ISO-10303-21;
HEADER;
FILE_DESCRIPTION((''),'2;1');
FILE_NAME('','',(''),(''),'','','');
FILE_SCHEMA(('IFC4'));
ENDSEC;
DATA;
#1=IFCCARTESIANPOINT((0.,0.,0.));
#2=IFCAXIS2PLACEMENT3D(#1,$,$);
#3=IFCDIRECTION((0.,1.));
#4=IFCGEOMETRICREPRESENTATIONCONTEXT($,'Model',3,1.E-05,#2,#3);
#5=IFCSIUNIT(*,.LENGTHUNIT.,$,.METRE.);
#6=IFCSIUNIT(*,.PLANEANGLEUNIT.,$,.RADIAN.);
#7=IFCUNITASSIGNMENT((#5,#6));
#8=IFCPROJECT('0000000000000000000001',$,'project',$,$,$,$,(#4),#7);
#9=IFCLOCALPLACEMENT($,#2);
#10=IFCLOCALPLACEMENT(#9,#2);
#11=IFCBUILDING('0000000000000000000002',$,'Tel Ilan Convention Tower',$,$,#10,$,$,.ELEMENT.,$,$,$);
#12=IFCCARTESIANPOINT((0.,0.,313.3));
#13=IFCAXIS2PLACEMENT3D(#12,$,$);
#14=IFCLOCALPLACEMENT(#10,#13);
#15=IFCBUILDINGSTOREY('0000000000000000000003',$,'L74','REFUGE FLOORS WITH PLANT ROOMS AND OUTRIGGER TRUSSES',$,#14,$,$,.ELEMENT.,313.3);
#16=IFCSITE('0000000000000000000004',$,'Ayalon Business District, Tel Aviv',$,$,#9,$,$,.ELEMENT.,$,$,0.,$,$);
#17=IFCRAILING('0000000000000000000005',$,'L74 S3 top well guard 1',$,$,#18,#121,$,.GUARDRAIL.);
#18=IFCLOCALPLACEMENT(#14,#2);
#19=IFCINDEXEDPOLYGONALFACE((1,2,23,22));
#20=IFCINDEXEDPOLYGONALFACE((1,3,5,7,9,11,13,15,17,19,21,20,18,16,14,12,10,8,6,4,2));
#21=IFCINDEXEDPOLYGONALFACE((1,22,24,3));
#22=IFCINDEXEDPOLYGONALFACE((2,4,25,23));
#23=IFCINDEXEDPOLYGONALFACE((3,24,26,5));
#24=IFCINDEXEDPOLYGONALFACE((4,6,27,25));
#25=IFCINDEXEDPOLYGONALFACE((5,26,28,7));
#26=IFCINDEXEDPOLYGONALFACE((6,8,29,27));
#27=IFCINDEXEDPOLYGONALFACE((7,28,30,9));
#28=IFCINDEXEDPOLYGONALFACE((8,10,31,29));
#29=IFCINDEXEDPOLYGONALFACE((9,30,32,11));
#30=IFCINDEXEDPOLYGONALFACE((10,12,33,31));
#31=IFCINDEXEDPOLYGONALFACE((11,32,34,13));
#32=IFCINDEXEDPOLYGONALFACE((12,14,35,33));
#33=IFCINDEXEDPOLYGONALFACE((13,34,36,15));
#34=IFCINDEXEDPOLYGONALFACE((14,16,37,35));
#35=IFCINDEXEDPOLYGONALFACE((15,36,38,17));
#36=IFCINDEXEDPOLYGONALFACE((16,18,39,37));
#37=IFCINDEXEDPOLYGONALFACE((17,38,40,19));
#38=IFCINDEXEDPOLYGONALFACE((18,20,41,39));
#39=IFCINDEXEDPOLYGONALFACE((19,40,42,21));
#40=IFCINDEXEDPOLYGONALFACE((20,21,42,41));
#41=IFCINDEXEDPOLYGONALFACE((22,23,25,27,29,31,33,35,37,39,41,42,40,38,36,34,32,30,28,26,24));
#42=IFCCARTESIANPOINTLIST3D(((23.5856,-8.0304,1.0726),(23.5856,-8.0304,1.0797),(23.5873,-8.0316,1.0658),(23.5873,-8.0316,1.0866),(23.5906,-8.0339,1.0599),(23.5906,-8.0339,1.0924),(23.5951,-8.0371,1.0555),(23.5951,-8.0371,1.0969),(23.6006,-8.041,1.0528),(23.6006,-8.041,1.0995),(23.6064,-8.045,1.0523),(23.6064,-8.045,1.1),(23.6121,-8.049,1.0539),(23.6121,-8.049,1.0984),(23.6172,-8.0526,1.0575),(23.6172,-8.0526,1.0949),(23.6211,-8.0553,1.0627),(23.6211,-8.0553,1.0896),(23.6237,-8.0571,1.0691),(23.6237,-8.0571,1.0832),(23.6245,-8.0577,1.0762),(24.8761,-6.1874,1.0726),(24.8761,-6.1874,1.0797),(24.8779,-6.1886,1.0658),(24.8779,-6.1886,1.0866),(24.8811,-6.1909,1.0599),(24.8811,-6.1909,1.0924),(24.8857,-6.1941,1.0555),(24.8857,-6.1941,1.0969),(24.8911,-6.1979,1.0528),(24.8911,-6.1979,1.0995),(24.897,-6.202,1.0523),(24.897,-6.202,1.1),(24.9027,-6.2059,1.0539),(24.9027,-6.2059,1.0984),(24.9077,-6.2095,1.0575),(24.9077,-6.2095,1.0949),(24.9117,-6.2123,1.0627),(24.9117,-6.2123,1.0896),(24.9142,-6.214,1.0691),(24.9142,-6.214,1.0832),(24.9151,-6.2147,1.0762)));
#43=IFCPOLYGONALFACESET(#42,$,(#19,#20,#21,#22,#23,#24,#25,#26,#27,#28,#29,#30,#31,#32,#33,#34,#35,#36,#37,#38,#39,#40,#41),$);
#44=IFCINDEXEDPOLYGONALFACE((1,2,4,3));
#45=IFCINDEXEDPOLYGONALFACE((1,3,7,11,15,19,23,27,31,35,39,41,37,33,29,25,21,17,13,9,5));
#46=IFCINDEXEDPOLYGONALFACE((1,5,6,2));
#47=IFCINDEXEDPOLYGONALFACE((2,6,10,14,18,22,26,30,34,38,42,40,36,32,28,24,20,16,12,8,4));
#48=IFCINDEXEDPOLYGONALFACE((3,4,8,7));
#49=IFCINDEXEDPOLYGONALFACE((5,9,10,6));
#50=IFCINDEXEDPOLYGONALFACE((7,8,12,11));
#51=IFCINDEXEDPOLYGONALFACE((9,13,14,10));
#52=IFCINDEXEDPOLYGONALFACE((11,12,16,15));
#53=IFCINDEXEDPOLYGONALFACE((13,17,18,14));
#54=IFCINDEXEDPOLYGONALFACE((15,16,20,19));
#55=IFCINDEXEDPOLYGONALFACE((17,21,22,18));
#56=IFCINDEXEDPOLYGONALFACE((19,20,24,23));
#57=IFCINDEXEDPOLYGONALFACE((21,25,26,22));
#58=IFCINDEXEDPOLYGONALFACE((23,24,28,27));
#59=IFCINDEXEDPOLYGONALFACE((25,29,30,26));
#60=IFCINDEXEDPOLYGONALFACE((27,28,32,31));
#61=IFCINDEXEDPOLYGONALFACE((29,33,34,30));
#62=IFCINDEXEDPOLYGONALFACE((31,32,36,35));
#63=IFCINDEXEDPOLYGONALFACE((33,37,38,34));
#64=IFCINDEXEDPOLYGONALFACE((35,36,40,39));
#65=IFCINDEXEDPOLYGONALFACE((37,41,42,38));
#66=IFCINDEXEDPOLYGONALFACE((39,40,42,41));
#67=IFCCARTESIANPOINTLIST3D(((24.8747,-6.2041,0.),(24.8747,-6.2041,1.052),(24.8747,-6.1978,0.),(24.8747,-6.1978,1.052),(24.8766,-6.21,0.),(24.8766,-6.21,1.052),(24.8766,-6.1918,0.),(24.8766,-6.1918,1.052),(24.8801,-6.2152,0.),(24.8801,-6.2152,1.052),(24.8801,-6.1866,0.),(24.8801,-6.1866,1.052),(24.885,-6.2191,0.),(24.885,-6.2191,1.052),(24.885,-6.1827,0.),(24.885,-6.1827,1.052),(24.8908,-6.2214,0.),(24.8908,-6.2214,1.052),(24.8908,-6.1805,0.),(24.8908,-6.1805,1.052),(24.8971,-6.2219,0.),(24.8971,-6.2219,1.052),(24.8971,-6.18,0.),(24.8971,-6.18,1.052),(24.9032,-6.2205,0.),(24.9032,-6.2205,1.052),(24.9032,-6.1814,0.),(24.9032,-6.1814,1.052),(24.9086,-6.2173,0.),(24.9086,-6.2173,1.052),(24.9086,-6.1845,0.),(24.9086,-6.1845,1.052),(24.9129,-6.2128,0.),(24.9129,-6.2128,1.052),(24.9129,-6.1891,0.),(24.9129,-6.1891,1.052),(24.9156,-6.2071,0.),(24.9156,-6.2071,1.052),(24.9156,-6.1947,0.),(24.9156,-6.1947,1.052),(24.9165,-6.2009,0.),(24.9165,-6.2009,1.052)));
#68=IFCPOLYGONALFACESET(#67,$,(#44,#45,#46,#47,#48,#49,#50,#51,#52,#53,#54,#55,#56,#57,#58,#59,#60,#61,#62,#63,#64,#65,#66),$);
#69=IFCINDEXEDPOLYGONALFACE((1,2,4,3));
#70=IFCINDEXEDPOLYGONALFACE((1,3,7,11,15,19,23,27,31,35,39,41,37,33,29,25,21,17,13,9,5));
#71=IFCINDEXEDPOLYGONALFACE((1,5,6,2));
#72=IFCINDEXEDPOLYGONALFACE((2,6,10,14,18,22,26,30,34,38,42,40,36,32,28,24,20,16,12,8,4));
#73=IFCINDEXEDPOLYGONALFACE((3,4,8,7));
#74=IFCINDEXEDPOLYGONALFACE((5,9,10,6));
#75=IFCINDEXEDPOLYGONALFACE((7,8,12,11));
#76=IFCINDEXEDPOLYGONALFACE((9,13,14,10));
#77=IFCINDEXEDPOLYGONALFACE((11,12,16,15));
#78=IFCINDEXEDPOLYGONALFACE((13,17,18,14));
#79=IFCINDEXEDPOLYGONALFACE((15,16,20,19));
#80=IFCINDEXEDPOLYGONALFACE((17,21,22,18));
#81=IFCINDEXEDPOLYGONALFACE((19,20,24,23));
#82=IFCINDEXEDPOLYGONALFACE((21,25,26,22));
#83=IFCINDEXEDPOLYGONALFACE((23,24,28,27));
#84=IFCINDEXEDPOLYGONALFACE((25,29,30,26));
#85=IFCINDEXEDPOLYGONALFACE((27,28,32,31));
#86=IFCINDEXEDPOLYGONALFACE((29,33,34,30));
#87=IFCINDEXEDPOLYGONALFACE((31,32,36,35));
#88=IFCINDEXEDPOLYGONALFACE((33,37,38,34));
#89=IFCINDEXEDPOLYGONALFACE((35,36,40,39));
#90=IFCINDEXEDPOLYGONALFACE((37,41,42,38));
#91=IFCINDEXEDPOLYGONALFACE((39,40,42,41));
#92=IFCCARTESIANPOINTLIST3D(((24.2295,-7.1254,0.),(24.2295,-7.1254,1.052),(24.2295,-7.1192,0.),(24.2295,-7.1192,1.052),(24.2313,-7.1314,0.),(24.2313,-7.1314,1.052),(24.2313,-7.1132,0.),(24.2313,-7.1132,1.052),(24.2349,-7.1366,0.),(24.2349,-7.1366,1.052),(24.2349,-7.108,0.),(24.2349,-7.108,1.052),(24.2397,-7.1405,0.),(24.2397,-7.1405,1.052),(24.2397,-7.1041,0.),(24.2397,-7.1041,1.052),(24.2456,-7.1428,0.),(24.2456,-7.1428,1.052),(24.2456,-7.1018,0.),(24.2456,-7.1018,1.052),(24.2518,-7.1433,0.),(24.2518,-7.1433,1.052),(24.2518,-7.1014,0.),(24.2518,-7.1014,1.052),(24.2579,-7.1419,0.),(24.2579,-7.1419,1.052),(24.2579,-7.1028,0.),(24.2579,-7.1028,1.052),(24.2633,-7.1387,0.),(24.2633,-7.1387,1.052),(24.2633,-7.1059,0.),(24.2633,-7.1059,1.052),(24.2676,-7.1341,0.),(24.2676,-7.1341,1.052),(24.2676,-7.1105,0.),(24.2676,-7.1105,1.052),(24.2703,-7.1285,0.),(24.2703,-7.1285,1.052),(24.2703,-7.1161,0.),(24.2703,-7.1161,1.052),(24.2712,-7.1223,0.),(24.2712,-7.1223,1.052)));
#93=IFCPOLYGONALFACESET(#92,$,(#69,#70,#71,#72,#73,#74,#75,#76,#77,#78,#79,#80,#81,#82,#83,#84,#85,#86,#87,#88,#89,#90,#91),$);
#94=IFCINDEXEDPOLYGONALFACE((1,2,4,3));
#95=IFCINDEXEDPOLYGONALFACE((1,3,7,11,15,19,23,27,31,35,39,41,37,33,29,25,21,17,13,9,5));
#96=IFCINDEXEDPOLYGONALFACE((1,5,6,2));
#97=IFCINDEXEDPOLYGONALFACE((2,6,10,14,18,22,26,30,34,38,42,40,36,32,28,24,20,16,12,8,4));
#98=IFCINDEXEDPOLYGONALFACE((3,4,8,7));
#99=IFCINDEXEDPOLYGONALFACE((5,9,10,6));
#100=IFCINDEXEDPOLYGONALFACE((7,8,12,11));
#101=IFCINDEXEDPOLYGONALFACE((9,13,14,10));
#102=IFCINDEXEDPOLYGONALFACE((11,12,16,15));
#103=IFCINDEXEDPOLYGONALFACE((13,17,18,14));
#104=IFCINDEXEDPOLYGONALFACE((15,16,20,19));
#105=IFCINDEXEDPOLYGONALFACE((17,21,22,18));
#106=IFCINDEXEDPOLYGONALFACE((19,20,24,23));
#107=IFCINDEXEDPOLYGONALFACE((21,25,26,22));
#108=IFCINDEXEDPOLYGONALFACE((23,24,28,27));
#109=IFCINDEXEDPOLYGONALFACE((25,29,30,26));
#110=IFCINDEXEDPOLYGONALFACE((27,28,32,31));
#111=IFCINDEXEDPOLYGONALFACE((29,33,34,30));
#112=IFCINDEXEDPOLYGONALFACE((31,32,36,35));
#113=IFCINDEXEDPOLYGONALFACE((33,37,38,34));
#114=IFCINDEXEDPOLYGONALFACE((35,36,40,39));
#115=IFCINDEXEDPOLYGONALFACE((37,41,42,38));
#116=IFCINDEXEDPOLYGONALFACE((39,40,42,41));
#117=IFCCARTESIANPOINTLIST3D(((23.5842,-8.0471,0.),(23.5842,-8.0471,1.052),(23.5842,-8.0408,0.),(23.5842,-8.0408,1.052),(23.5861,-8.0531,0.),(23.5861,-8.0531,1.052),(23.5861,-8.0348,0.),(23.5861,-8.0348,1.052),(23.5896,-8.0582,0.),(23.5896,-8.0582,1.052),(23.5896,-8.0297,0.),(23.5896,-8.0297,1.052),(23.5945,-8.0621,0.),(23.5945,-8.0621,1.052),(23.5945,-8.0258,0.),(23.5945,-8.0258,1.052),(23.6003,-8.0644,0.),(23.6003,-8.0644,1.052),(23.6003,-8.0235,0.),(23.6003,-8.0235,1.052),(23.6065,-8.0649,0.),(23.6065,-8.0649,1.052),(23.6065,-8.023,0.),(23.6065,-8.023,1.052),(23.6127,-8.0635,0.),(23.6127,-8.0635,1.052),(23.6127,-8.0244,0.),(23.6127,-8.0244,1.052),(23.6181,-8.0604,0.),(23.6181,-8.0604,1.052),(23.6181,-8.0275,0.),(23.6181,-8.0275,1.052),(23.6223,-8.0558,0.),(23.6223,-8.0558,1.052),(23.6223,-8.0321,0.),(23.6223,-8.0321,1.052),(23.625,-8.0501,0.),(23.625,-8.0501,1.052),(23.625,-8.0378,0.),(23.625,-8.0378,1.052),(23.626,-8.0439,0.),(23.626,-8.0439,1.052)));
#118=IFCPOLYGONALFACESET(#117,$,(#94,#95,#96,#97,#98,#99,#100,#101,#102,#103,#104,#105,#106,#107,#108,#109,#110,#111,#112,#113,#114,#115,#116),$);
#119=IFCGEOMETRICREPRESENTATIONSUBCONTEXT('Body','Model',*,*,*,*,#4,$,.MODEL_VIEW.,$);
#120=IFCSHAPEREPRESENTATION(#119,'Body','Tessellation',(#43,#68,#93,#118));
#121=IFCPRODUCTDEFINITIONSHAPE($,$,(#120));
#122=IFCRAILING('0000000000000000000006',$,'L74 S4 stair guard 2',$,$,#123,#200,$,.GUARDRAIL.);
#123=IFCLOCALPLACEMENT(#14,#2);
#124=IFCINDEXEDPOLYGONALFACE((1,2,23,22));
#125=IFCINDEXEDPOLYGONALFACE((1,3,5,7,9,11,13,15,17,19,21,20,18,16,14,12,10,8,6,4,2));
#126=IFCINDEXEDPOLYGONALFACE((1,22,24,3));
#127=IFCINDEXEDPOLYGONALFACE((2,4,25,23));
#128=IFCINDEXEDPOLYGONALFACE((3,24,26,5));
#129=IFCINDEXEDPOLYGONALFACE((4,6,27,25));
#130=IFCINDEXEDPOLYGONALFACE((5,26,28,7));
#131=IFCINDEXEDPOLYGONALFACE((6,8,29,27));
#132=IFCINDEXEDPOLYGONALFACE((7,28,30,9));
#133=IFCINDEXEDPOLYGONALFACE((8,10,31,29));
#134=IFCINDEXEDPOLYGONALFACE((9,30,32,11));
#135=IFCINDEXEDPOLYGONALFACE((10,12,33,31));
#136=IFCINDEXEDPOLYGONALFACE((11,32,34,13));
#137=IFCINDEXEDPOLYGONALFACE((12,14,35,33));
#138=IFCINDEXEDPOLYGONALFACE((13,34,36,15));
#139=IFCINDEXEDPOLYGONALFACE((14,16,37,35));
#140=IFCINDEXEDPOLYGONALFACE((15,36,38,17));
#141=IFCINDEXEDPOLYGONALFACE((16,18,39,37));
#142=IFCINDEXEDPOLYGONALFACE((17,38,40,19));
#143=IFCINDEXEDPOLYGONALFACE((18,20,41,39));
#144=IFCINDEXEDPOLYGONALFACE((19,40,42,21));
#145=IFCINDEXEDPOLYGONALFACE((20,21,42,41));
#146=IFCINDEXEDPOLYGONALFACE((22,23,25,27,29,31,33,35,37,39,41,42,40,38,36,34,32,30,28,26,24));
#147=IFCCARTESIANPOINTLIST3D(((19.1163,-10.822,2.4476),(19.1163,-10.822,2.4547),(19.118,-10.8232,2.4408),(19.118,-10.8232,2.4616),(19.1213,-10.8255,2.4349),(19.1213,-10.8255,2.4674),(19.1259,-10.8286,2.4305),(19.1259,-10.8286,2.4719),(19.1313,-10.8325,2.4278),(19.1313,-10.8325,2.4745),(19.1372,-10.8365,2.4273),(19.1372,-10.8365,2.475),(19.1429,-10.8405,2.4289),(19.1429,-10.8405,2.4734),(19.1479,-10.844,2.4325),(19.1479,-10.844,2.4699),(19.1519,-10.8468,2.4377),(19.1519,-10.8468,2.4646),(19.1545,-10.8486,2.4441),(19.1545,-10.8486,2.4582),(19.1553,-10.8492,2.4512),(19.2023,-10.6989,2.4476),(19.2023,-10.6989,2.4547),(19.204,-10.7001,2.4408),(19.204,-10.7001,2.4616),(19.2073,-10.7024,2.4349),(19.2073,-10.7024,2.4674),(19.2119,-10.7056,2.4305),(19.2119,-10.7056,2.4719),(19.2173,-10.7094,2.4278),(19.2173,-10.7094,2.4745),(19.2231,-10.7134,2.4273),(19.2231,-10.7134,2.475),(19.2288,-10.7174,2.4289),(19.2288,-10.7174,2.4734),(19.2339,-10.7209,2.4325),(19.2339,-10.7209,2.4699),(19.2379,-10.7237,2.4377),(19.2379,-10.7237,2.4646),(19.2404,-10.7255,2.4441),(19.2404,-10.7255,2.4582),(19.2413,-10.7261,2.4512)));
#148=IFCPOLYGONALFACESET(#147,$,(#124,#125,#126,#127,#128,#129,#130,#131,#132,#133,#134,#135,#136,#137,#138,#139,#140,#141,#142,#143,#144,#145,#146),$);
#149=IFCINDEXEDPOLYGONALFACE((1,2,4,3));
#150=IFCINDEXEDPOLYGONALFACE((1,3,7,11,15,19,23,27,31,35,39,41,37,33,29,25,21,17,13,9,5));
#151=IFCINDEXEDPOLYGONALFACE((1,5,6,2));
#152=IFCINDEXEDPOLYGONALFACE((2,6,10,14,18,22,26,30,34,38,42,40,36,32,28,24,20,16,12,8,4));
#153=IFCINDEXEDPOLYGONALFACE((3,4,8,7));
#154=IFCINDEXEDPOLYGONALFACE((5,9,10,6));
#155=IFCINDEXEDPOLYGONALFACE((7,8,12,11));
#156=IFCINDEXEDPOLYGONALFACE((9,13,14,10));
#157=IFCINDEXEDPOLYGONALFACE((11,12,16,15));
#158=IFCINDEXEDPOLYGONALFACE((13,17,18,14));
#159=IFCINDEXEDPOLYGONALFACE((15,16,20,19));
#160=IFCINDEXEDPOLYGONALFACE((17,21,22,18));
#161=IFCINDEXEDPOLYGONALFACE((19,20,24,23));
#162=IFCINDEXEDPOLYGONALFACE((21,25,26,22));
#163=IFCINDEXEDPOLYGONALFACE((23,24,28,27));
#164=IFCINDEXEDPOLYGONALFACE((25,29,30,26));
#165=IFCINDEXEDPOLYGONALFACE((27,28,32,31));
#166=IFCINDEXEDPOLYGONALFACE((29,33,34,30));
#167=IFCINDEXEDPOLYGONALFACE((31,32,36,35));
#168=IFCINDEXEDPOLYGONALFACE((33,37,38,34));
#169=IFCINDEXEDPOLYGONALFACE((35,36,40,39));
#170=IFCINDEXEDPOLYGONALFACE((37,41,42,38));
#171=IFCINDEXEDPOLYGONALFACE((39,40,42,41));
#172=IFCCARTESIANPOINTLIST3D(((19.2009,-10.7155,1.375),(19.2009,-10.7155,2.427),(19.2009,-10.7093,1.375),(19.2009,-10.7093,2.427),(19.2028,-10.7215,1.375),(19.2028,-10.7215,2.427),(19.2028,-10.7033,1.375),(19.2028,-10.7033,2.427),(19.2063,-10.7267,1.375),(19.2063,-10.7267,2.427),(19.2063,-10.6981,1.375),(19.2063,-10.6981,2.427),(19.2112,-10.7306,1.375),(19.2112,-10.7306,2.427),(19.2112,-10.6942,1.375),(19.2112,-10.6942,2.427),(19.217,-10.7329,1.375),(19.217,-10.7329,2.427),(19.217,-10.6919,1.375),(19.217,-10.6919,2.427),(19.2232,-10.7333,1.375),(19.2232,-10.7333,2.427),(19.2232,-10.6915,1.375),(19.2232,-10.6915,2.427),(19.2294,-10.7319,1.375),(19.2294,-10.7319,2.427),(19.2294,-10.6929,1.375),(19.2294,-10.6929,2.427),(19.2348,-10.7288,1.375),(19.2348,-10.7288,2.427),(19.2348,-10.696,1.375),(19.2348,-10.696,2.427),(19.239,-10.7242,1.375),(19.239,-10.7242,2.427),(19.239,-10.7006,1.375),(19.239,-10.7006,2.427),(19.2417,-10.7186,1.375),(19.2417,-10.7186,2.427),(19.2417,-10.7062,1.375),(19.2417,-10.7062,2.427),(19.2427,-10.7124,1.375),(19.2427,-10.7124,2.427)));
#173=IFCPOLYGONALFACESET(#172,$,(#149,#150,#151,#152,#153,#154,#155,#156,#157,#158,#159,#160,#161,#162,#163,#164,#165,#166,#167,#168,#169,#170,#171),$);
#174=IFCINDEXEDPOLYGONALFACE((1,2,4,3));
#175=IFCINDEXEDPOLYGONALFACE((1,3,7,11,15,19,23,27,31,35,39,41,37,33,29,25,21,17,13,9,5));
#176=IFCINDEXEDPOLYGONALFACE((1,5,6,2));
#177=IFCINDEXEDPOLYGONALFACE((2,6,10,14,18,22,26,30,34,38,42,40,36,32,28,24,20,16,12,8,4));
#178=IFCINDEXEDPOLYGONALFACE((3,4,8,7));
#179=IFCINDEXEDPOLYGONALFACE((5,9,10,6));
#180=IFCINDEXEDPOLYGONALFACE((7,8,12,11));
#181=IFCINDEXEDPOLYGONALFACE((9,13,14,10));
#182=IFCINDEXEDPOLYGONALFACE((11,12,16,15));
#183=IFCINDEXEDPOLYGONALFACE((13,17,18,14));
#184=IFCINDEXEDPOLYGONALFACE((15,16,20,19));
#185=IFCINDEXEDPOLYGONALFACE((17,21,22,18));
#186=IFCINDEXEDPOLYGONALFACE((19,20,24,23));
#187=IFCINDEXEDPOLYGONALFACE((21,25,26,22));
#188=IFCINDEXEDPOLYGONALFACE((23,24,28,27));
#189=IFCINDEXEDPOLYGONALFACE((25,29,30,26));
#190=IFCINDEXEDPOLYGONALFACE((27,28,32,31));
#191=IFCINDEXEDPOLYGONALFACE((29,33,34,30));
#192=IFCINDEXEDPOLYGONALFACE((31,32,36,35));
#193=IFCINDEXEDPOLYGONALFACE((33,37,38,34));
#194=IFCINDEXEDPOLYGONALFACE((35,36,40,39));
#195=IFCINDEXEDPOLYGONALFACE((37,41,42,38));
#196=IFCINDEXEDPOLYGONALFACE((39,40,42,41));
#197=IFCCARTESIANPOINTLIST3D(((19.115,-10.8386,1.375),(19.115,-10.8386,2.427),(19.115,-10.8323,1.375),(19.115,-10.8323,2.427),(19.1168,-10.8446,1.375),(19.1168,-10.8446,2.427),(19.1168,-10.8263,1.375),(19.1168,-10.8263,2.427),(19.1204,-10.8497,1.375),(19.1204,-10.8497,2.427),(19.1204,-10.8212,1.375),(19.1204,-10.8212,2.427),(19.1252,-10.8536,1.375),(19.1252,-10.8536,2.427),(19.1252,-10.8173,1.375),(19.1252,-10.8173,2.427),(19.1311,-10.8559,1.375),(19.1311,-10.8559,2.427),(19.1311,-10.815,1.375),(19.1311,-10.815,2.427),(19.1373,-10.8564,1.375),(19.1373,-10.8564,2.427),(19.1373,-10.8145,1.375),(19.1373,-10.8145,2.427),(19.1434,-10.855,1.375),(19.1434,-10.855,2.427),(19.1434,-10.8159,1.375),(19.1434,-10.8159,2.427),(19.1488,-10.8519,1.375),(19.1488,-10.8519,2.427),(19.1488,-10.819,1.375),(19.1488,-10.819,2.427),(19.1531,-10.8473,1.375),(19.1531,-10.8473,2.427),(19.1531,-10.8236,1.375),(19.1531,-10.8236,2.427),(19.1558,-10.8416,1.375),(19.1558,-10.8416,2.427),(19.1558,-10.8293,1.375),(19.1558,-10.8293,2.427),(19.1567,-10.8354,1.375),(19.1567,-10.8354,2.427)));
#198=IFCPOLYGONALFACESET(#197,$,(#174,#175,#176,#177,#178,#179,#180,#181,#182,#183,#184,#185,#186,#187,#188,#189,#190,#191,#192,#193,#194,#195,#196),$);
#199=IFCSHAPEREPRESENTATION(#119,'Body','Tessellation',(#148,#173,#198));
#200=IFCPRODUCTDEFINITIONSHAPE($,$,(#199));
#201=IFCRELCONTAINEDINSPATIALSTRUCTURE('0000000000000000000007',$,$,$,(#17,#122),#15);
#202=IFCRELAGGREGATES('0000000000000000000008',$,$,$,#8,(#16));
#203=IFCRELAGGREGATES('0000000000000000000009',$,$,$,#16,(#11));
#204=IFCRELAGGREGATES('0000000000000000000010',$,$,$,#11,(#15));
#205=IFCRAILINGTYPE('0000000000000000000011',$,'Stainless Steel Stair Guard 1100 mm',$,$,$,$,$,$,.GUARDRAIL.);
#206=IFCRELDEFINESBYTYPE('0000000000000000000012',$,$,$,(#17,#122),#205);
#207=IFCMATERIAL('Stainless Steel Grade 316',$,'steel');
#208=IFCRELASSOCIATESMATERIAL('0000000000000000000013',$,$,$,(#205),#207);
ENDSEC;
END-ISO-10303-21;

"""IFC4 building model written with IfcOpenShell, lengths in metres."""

from ifc_helpers import new_model, si_unit, direction, frame, origin, origin_2d, place, context, subcontext, project, spatial, circle, extrude, material, type_object, element, save


model = new_model("IFC4")

# Units and contexts
model_context = context("Model", 3, precision=1e-05, world=origin(), true_north=direction((0.0, 1.0)))
body_context = subcontext(model_context, "Body", "Model", "MODEL_VIEW")
ifc_project = project(units=[si_unit("LENGTHUNIT", "METRE"), si_unit("PLANEANGLEUNIT", "RADIAN")], contexts=[model_context])

# Site, building, storey
site_placement = place(None, origin())
site = spatial("IfcSite", under=ifc_project, at=site_placement, Name="Ayalon Business District, Tel Aviv", CompositionType="ELEMENT", RefElevation=0.0)
building_placement = place(site_placement, origin())
building = spatial("IfcBuilding", under=site, at=building_placement, Name="Tel Ilan Convention Tower", CompositionType="ELEMENT")
storey_placement = place(building_placement, frame((0.0, 0.0, 313.3)))
storey = spatial("IfcBuildingStorey", under=building, at=storey_placement, Name="L74", Description="REFUGE FLOORS WITH PLANT ROOMS AND OUTRIGGER TRUSSES", CompositionType="ELEMENT", Elevation=313.3)

# Railings
ifc_material_1 = material(Name="Stainless Steel Grade 316", Category="steel")
railing_type_1 = type_object("IfcRailingType", Name="Stainless Steel Stair Guard 1100 mm", PredefinedType="GUARDRAIL", material=ifc_material_1)
railing_1_placement = place(storey_placement, frame((24.8955, -6.2009, 0.0)))
element("IfcRailing", 1, at=railing_1_placement, inside=storey, type_object=railing_type_1, Name="L74 S3 top well guard 1", PredefinedType="GUARDRAIL", context=body_context, shape_type="SweptSolid", body=[
    extrude(circle(Radius=0.0239, at=origin_2d()), frame((0.0, 0.0, 1.0762), z_axis=(-0.573586, -0.819145, 0.0), x_axis=(0.819145, -0.573586, 0.0)), (0.0, 0.0, 1.0), 2.25),
    extrude(circle(Radius=0.021, at=origin_2d()), origin(), (0.0, 0.0, 1.0), 1.052),
    extrude(circle(Radius=0.021, at=origin_2d()), frame((-0.6453, -0.9214, 0.0)), (0.0, 0.0, 1.0), 1.052),
    extrude(circle(Radius=0.021, at=origin_2d()), frame((-1.2905, -1.843, 0.0)), (0.0, 0.0, 1.0), 1.052),
])
for number, where, name in (
    (2, (19.2217, -10.7124, 1.375), "L74 S4 stair guard 2"),
):
    element("IfcRailing", number, at=place(storey_placement, frame(where)), inside=storey, type_object=railing_type_1, Name=name, PredefinedType="GUARDRAIL", context=body_context, shape_type="SweptSolid", body=[
        extrude(circle(Radius=0.0239, at=origin_2d()), frame((0.0, 0.0, 1.0762), z_axis=(-0.572589, -0.819843, 0.0), x_axis=(0.819843, -0.572589, 0.0)), (0.0, 0.0, 1.0), 0.1501),
        extrude(circle(Radius=0.021, at=origin_2d()), origin(), (0.0, 0.0, 1.0), 1.052),
        extrude(circle(Radius=0.021, at=origin_2d()), frame((-0.0859, -0.123, 0.0)), (0.0, 0.0, 1.0), 1.052),
    ])

save(model, "model.ifc")
